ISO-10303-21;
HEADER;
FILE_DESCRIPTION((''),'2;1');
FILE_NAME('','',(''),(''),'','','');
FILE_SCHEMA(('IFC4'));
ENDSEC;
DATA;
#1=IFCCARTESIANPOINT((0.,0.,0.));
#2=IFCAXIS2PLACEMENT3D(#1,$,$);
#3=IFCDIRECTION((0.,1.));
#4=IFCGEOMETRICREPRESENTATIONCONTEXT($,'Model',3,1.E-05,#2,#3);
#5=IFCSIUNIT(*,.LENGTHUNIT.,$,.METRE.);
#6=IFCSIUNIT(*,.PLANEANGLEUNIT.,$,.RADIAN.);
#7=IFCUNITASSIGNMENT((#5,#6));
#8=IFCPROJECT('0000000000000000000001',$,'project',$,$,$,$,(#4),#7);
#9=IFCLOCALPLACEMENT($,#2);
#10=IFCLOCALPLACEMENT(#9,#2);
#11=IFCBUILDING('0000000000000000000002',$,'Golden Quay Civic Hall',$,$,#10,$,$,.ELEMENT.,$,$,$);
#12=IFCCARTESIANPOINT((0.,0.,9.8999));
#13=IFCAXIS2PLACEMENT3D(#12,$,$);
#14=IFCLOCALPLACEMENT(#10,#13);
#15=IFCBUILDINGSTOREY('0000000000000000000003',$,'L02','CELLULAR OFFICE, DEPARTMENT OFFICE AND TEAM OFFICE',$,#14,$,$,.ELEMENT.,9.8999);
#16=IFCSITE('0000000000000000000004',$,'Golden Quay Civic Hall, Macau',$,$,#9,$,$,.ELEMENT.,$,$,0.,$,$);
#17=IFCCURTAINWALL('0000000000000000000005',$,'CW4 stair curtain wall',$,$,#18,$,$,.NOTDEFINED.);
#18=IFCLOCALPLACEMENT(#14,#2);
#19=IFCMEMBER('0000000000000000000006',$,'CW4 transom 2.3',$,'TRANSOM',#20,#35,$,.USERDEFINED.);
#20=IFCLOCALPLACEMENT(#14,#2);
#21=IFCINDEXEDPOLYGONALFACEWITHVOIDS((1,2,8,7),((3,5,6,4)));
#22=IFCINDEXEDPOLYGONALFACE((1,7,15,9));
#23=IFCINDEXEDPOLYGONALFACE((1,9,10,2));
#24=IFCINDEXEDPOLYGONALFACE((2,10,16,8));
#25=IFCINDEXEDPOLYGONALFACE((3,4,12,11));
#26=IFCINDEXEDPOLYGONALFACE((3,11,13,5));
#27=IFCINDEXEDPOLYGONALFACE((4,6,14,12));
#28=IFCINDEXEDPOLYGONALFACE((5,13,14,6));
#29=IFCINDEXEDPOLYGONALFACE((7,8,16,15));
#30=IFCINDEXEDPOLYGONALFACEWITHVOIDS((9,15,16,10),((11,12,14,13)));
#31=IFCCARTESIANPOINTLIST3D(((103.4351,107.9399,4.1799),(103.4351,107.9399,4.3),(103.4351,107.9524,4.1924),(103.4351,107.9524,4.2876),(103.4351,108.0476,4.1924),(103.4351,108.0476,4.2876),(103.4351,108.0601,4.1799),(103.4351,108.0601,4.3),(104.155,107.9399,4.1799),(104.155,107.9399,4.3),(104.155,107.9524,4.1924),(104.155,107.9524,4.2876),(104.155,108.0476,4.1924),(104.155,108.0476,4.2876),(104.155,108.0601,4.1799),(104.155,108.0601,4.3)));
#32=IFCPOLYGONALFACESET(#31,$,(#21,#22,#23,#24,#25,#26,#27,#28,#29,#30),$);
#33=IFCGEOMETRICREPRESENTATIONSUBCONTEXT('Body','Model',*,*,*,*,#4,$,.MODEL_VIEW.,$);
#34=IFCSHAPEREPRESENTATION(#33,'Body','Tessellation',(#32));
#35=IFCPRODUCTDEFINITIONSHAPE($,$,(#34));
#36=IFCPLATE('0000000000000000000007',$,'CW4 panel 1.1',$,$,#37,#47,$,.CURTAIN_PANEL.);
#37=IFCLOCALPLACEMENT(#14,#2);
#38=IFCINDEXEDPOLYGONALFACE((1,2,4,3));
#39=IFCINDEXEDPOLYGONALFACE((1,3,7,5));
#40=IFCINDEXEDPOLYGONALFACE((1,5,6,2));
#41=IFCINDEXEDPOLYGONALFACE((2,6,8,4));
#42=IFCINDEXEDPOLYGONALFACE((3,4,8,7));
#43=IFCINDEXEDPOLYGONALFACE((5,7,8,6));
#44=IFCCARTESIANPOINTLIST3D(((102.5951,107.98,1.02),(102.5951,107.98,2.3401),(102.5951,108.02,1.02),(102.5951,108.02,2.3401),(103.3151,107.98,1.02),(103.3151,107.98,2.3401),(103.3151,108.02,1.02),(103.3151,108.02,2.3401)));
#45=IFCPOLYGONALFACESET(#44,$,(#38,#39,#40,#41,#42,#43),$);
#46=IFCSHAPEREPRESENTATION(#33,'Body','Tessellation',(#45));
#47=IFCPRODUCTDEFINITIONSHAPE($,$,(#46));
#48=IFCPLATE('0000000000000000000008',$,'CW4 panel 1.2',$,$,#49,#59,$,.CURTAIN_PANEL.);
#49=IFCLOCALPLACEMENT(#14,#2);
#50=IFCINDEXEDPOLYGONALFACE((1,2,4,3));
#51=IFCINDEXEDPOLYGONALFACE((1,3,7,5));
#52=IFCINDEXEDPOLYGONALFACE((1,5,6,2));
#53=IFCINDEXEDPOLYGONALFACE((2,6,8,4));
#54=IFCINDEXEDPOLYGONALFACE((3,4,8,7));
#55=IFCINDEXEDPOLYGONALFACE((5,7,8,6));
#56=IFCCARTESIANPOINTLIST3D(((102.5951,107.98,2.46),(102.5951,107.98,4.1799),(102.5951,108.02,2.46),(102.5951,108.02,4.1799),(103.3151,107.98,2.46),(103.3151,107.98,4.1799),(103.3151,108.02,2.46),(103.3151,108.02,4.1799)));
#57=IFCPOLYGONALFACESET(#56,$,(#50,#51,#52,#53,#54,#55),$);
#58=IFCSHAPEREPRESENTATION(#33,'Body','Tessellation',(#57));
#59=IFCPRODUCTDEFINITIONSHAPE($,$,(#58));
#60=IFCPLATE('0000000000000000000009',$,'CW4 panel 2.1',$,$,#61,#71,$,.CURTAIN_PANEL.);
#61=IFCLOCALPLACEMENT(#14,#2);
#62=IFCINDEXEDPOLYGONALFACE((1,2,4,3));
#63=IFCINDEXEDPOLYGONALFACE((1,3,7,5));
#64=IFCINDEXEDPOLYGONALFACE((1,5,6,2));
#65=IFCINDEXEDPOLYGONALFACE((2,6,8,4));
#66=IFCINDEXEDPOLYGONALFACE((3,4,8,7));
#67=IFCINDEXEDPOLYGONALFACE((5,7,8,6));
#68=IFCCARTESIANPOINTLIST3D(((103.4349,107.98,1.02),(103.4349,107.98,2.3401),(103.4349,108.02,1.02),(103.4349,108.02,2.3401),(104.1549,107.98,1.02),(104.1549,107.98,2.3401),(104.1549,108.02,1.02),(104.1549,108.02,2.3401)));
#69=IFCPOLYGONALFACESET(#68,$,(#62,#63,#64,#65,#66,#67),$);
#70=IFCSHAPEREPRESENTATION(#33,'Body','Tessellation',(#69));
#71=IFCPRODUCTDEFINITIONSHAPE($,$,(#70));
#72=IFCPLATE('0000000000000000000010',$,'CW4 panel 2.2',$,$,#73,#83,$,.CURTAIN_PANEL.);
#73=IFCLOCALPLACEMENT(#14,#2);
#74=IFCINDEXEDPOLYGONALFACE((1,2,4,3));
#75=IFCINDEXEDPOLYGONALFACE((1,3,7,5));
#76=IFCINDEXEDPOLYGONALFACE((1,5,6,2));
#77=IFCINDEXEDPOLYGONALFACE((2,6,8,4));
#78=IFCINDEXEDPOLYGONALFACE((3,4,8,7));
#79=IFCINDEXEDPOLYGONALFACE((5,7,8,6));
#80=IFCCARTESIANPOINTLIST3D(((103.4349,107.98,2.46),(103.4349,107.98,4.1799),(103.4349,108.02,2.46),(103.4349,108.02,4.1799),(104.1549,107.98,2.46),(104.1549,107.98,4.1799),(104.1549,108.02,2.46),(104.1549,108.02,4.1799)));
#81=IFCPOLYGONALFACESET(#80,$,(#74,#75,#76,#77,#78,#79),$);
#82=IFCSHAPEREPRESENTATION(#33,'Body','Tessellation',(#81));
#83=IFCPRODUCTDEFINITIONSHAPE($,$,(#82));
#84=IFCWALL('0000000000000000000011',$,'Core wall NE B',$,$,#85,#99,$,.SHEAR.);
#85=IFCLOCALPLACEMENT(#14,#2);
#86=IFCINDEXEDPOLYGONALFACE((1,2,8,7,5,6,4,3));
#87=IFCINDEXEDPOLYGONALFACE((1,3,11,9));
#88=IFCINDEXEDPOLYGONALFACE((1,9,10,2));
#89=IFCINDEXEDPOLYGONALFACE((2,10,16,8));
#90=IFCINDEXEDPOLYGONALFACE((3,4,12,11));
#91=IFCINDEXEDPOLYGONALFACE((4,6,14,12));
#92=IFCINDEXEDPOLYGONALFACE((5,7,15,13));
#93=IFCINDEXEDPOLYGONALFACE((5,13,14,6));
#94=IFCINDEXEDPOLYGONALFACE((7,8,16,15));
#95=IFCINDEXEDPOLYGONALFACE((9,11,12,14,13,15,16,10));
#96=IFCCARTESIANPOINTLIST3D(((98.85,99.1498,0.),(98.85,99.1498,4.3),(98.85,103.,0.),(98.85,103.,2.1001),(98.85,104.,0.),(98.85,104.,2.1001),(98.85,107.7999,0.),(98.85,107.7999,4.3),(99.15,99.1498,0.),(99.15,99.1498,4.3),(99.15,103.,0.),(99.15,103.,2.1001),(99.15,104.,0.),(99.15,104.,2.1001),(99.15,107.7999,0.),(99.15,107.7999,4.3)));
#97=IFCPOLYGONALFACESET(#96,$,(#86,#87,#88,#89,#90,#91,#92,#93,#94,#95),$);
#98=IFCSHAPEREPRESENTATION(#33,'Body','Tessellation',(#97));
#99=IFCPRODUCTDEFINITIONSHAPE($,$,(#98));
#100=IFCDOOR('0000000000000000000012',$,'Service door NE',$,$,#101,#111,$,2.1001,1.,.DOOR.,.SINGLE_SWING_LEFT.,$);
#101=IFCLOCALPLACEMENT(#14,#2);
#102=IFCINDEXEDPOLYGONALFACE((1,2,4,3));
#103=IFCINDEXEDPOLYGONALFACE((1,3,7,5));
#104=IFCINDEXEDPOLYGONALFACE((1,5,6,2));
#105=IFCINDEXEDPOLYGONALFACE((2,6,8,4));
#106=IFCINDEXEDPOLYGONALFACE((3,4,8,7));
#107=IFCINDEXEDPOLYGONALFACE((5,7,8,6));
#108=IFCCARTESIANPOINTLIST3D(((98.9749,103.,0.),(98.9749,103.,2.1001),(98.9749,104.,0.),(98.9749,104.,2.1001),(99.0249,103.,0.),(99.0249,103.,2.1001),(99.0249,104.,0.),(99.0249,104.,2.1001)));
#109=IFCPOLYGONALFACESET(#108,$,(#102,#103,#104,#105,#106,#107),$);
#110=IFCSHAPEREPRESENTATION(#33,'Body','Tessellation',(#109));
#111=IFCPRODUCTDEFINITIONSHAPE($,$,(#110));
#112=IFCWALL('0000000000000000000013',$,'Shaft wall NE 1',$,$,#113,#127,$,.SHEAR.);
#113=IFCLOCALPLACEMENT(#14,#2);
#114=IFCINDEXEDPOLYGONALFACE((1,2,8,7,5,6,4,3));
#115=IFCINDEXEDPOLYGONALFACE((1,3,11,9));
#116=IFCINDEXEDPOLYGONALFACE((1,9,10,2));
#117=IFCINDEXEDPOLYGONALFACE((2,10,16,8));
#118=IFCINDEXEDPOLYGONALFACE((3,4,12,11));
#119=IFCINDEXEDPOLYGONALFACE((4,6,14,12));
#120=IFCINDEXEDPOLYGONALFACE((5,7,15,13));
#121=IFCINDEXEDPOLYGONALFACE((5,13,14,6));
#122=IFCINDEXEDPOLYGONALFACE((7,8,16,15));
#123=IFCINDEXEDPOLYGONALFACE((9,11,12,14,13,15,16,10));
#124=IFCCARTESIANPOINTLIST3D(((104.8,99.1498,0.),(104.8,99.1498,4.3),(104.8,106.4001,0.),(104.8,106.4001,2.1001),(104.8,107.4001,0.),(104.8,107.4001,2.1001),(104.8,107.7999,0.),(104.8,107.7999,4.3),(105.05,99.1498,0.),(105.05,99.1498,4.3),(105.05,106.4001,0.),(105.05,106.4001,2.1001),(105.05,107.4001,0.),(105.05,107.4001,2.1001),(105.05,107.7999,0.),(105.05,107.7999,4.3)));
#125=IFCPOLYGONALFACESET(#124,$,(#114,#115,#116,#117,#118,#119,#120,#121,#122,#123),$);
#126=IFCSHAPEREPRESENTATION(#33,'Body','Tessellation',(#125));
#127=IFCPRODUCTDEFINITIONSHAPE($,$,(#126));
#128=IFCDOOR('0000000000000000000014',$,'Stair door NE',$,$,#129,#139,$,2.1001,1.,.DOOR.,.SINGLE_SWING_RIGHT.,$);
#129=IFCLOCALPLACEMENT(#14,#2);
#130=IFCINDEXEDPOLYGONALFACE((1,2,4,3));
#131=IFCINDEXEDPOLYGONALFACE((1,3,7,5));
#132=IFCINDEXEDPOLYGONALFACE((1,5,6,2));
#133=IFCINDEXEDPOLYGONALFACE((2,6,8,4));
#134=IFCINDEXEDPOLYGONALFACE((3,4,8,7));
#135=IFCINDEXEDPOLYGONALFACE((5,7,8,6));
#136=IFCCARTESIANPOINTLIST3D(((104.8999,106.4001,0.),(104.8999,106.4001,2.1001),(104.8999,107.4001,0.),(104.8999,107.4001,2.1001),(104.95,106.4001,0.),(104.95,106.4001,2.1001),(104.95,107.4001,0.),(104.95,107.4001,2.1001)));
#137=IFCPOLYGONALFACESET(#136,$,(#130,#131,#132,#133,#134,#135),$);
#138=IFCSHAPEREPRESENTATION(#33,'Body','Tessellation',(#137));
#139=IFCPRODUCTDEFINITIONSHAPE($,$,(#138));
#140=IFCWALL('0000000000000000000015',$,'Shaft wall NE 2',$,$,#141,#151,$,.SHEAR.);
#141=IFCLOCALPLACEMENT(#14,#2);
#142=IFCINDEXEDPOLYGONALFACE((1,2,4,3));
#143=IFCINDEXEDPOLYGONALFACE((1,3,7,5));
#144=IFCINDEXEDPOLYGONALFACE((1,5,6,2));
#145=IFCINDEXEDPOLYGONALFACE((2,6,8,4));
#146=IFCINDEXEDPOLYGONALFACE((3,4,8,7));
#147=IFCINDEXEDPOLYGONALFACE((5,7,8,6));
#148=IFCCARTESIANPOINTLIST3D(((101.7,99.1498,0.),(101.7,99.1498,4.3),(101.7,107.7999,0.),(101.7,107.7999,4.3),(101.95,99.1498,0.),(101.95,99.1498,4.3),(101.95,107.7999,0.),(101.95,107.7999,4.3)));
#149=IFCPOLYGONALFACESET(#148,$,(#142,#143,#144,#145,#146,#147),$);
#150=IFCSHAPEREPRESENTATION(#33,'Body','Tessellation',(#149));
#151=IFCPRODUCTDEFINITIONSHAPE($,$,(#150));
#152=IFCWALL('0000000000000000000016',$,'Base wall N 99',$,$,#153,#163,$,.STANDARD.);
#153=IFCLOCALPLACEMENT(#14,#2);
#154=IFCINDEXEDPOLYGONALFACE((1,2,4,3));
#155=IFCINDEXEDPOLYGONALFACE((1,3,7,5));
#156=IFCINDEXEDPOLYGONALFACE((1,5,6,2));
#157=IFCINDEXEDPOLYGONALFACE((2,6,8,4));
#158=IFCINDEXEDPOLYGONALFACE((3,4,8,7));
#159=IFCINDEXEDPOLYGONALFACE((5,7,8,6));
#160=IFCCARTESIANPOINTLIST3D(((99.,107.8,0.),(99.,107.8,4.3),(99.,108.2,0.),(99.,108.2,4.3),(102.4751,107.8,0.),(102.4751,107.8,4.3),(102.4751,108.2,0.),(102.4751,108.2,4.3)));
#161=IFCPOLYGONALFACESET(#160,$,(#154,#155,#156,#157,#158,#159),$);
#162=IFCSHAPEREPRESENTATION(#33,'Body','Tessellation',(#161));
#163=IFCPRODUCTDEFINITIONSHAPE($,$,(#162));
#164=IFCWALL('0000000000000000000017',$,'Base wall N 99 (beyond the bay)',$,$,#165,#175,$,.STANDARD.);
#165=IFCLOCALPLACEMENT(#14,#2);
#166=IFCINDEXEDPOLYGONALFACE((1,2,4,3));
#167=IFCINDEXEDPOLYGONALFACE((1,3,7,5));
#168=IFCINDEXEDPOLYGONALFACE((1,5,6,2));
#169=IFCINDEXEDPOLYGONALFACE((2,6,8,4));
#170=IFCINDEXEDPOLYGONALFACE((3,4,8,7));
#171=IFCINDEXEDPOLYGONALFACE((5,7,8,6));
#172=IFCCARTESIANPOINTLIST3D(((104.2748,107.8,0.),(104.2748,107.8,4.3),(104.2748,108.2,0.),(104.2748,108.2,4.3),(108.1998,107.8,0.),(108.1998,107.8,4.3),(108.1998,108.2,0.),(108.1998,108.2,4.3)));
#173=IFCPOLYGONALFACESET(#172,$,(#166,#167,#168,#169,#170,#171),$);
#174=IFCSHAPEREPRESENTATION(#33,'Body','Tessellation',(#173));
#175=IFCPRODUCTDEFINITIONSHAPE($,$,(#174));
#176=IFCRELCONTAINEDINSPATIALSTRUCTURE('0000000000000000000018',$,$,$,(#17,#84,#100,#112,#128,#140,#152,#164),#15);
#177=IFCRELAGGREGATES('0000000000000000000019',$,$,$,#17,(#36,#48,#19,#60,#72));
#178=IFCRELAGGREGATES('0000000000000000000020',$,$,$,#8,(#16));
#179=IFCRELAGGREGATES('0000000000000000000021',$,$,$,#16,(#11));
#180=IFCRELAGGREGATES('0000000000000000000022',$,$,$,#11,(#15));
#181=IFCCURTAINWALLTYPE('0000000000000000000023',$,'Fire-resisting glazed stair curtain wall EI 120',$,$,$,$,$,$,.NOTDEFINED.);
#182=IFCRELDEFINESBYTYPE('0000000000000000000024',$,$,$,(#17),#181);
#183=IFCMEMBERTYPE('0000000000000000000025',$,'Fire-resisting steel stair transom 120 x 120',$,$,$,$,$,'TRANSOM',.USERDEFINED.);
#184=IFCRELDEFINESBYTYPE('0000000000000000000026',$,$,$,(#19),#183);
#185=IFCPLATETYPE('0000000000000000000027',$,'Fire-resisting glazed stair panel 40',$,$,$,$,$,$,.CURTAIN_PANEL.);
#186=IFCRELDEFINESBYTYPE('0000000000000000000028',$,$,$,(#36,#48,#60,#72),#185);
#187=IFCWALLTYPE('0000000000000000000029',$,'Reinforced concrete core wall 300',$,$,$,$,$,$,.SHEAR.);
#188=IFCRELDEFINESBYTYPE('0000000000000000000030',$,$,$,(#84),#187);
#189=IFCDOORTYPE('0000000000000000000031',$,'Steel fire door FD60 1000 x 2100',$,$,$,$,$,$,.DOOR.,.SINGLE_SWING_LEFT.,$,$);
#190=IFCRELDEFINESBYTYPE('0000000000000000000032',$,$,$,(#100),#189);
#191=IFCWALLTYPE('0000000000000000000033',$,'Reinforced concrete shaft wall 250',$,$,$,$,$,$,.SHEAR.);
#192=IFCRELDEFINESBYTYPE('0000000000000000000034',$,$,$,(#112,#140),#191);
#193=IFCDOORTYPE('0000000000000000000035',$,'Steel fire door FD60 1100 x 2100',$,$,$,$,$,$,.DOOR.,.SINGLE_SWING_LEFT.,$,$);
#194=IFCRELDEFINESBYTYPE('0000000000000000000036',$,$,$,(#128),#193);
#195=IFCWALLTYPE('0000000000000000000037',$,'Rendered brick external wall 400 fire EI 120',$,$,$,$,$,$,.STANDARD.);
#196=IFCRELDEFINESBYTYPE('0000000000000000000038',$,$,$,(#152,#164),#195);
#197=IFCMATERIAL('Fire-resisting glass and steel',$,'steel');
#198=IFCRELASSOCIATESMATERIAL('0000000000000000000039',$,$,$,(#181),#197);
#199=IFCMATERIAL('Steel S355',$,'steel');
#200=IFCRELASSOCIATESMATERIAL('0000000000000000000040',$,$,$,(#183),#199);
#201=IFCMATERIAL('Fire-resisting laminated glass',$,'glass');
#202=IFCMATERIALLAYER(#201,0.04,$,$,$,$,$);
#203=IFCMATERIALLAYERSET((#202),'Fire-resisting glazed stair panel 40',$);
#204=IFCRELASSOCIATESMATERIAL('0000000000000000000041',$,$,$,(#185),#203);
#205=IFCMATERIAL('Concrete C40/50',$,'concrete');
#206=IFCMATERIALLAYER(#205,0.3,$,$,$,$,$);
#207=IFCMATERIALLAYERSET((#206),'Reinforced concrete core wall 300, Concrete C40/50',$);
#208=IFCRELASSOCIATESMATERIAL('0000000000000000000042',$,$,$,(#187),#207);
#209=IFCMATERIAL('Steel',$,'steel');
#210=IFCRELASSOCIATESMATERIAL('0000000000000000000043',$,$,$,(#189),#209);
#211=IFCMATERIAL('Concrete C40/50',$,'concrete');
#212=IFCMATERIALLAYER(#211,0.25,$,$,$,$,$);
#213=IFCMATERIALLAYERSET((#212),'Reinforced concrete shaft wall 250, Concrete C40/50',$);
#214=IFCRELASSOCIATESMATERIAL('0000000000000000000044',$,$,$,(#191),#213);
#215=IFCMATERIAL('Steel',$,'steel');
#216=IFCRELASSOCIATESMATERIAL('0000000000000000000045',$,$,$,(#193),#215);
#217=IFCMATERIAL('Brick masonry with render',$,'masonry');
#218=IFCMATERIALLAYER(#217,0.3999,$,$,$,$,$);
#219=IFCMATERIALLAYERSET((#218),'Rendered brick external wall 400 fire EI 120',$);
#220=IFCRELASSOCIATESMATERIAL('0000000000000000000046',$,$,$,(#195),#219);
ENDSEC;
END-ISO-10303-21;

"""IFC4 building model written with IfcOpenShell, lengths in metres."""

from ifc_helpers import new_model, si_unit, direction, frame, frame_2d, origin, origin_2d, place, context, subcontext, project, spatial, rectangle, hollow_rectangle, extrude, material, layer, layer_set, material_profile, profile_set, type_object, element, fill, aggregate, save


model = new_model("IFC4")

# Units and contexts
model_context = context("Model", 3, precision=1e-05, world=origin(), true_north=direction((0.0, 1.0)))
body_context = subcontext(model_context, "Body", "Model", "MODEL_VIEW")
ifc_project = project(units=[si_unit("LENGTHUNIT", "METRE"), si_unit("PLANEANGLEUNIT", "RADIAN")], contexts=[model_context])

# Site, building, storey
site_placement = place(None, origin())
site = spatial("IfcSite", under=ifc_project, at=site_placement, Name="Golden Quay Civic Hall, Macau", CompositionType="ELEMENT", RefElevation=0.0)
building_placement = place(site_placement, origin())
building = spatial("IfcBuilding", under=site, at=building_placement, Name="Golden Quay Civic Hall", CompositionType="ELEMENT")
storey_placement = place(building_placement, frame((0.0, 0.0, 9.8999)))
storey = spatial("IfcBuildingStorey", under=building, at=storey_placement, Name="L02", Description="CELLULAR OFFICE, DEPARTMENT OFFICE AND TEAM OFFICE", CompositionType="ELEMENT", Elevation=9.8999)

# Curtain wall, member, plates
ifc_material_1 = material(Name="Fire-resisting glass and steel", Category="steel")
curtain_wall_type = type_object("IfcCurtainWallType", Name="Fire-resisting glazed stair curtain wall EI 120", PredefinedType="NOTDEFINED", material=ifc_material_1)
curtain_wall_placement = place(storey_placement, origin())
curtain_wall = element("IfcCurtainWall", 1, at=curtain_wall_placement, inside=storey, type_object=curtain_wall_type, Name="CW4 stair curtain wall", PredefinedType="NOTDEFINED")
ifc_material_2 = material(Name="Steel S355", Category="steel")
ifc_material_profile_1 = material_profile(ifc_material_2, hollow_rectangle(XDim=0.1201, YDim=0.1201, WallThickness=0.0125, at=origin_2d()), Name="SHS 120x120x12.5")
ifc_profile_set_1 = profile_set([ifc_material_profile_1], Name="Steel S355")
member_type_1 = type_object("IfcMemberType", Name="Fire-resisting steel stair transom 120 x 120", ElementType="TRANSOM", PredefinedType="USERDEFINED", material=ifc_profile_set_1)
member_1_placement = place(storey_placement, frame((103.4351, 108.0, 4.24), z_axis=(1.0, 0.0, 0.0), x_axis=(0.0, 1.0, 0.0)))
member_1 = element("IfcMember", 2, at=member_1_placement, type_object=member_type_1, Name="CW4 transom 2.3", ObjectType="TRANSOM", PredefinedType="USERDEFINED", context=body_context, shape_type="SweptSolid", body=[
    extrude(hollow_rectangle(XDim=0.1201, YDim=0.1201, WallThickness=0.0125, at=origin_2d()), origin(), (0.0, 0.0, 1.0), 0.72),
])
ifc_material_3 = material(Name="Fire-resisting laminated glass", Category="glass")
ifc_layer_1 = layer(ifc_material_3, 0.04)
ifc_layer_set_1 = layer_set([ifc_layer_1], Name="Fire-resisting glazed stair panel 40")
plate_type = type_object("IfcPlateType", Name="Fire-resisting glazed stair panel 40", PredefinedType="CURTAIN_PANEL", material=ifc_layer_set_1)
plate_1_placement = place(storey_placement, frame((102.9551, 108.0, 1.02), z_axis=(0.0, 0.0, 1.0), x_axis=(1.0, 0.0, 0.0)))
plate_1 = element("IfcPlate", 3, at=plate_1_placement, type_object=plate_type, Name="CW4 panel 1.1", PredefinedType="CURTAIN_PANEL", context=body_context, shape_type="SweptSolid", body=[
    extrude(rectangle(XDim=0.72, YDim=0.04, at=origin_2d()), origin(), (0.0, 0.0, 1.0), 1.3201),
])
plate_2_placement = place(storey_placement, frame((102.9551, 108.0, 2.46), z_axis=(0.0, 0.0, 1.0), x_axis=(1.0, 0.0, 0.0)))
plate_2 = element("IfcPlate", 4, at=plate_2_placement, type_object=plate_type, Name="CW4 panel 1.2", PredefinedType="CURTAIN_PANEL", context=body_context, shape_type="SweptSolid", body=[
    extrude(rectangle(XDim=0.72, YDim=0.04, at=origin_2d()), origin(), (0.0, 0.0, 1.0), 1.72),
])
plate_3_placement = place(storey_placement, frame((103.7949, 108.0, 1.02), z_axis=(0.0, 0.0, 1.0), x_axis=(1.0, 0.0, 0.0)))
plate_3 = element("IfcPlate", 5, at=plate_3_placement, type_object=plate_type, Name="CW4 panel 2.1", PredefinedType="CURTAIN_PANEL", context=body_context, shape_type="SweptSolid", body=[
    extrude(rectangle(XDim=0.72, YDim=0.04, at=origin_2d()), origin(), (0.0, 0.0, 1.0), 1.3201),
])
plate_4_placement = place(storey_placement, frame((103.7949, 108.0, 2.46), z_axis=(0.0, 0.0, 1.0), x_axis=(1.0, 0.0, 0.0)))
plate_4 = element("IfcPlate", 6, at=plate_4_placement, type_object=plate_type, Name="CW4 panel 2.2", PredefinedType="CURTAIN_PANEL", context=body_context, shape_type="SweptSolid", body=[
    extrude(rectangle(XDim=0.72, YDim=0.04, at=origin_2d()), origin(), (0.0, 0.0, 1.0), 1.72),
])
aggregate(curtain_wall, [plate_1, plate_2, member_1, plate_3, plate_4])

# Walls, openings, doors
ifc_material_4 = material(Name="Concrete C40/50", Category="concrete")
ifc_layer_2 = layer(ifc_material_4, 0.3)
ifc_layer_set_2 = layer_set([ifc_layer_2], Name="Reinforced concrete core wall 300, Concrete C40/50")
wall_type_1 = type_object("IfcWallType", Name="Reinforced concrete core wall 300", PredefinedType="SHEAR", material=ifc_layer_set_2)
wall_1_placement = place(storey_placement, frame((99.0, 107.8, 0.0), z_axis=(0.0, 0.0, 1.0), x_axis=(0.0, -1.0, 0.0)))
wall_1 = element("IfcWall", 7, at=wall_1_placement, inside=storey, type_object=wall_type_1, Name="Core wall NE B", PredefinedType="SHEAR", context=body_context, shape_type="SweptSolid", body=[
    extrude(rectangle(XDim=8.6501, YDim=0.3, at=frame_2d((4.3252, 0.0))), origin(), (0.0, 0.0, 1.0), 4.3),
])
opening_1_placement = place(wall_1_placement, frame((3.8, 0.0, 0.0)))
opening_1 = element("IfcOpeningElement", 8, at=opening_1_placement, cuts=wall_1, PredefinedType="OPENING", context=body_context, shape_type="SweptSolid", body=[
    extrude(rectangle(XDim=1.0, YDim=2.1001, at=frame_2d((0.5, 1.05))), frame((0.0, 0.1599, 0.0), z_axis=(0.0, -1.0, 0.0), x_axis=(1.0, 0.0, 0.0)), (0.0, 0.0, 1.0), 0.3201),
])
ifc_material_5 = material(Name="Steel", Category="steel")
door_type_1 = type_object("IfcDoorType", Name="Steel fire door FD60 1000 x 2100", OperationType="SINGLE_SWING_LEFT", PredefinedType="DOOR", material=ifc_material_5)
door_1_placement = place(opening_1_placement, origin())
door_1 = element("IfcDoor", 9, at=door_1_placement, inside=storey, type_object=door_type_1, Name="Service door NE", OperationType="SINGLE_SWING_LEFT", OverallHeight=2.1001, OverallWidth=1.0, PredefinedType="DOOR", context=body_context, shape_type="SweptSolid", body=[
    extrude(rectangle(XDim=1.0, YDim=2.1001, at=frame_2d((0.5, 1.05))), frame((0.0, 0.0249, 0.0), z_axis=(0.0, -1.0, 0.0), x_axis=(1.0, 0.0, 0.0)), (0.0, 0.0, 1.0), 0.05),
])
fill(opening_1, door_1)
ifc_material_6 = material(Name="Concrete C40/50", Category="concrete")
ifc_layer_3 = layer(ifc_material_6, 0.25)
ifc_layer_set_3 = layer_set([ifc_layer_3], Name="Reinforced concrete shaft wall 250, Concrete C40/50")
wall_type_2 = type_object("IfcWallType", Name="Reinforced concrete shaft wall 250", PredefinedType="SHEAR", material=ifc_layer_set_3)
wall_2_placement = place(storey_placement, frame((104.925, 107.8, 0.0), z_axis=(0.0, 0.0, 1.0), x_axis=(0.0, -1.0, 0.0)))
wall_2 = element("IfcWall", 10, at=wall_2_placement, inside=storey, type_object=wall_type_2, Name="Shaft wall NE 1", PredefinedType="SHEAR", context=body_context, shape_type="SweptSolid", body=[
    extrude(rectangle(XDim=8.6501, YDim=0.25, at=frame_2d((4.3252, 0.0))), origin(), (0.0, 0.0, 1.0), 4.3),
])
opening_2_placement = place(wall_2_placement, frame((0.3999, 0.0, 0.0)))
opening_2 = element("IfcOpeningElement", 11, at=opening_2_placement, cuts=wall_2, PredefinedType="OPENING", context=body_context, shape_type="SweptSolid", body=[
    extrude(rectangle(XDim=1.0, YDim=2.1001, at=frame_2d((0.5, 1.05))), frame((0.0, 0.135, 0.0), z_axis=(0.0, -1.0, 0.0), x_axis=(1.0, 0.0, 0.0)), (0.0, 0.0, 1.0), 0.27),
])
ifc_material_7 = material(Name="Steel", Category="steel")
door_type_2 = type_object("IfcDoorType", Name="Steel fire door FD60 1100 x 2100", OperationType="SINGLE_SWING_LEFT", PredefinedType="DOOR", material=ifc_material_7)
door_2_placement = place(opening_2_placement, frame((1.0, 0.0, 0.0), z_axis=(0.0, 0.0, 1.0), x_axis=(-1.0, 0.0, 0.0)))
door_2 = element("IfcDoor", 12, at=door_2_placement, inside=storey, type_object=door_type_2, Name="Stair door NE", OperationType="SINGLE_SWING_RIGHT", OverallHeight=2.1001, OverallWidth=1.0, PredefinedType="DOOR", context=body_context, shape_type="SweptSolid", body=[
    extrude(rectangle(XDim=1.0, YDim=2.1001, at=frame_2d((0.5, 1.05))), frame((0.0, 0.0251, 0.0), z_axis=(0.0, -1.0, 0.0), x_axis=(1.0, 0.0, 0.0)), (0.0, 0.0, 1.0), 0.05),
])
fill(opening_2, door_2)

# Walls
wall_3_placement = place(storey_placement, frame((101.825, 107.8, 0.0), z_axis=(0.0, 0.0, 1.0), x_axis=(0.0, -1.0, 0.0)))
element("IfcWall", 13, at=wall_3_placement, inside=storey, type_object=wall_type_2, Name="Shaft wall NE 2", PredefinedType="SHEAR", context=body_context, shape_type="SweptSolid", body=[
    extrude(rectangle(XDim=8.6501, YDim=0.25, at=frame_2d((4.3252, 0.0))), origin(), (0.0, 0.0, 1.0), 4.3),
])
ifc_material_8 = material(Name="Brick masonry with render", Category="masonry")
ifc_layer_4 = layer(ifc_material_8, 0.3999)
ifc_layer_set_4 = layer_set([ifc_layer_4], Name="Rendered brick external wall 400 fire EI 120")
wall_type_3 = type_object("IfcWallType", Name="Rendered brick external wall 400 fire EI 120", PredefinedType="STANDARD", material=ifc_layer_set_4)
wall_4_placement = place(storey_placement, frame((99.0, 108.0, 0.0), z_axis=(0.0, 0.0, 1.0), x_axis=(1.0, 0.0, 0.0)))
element("IfcWall", 14, at=wall_4_placement, inside=storey, type_object=wall_type_3, Name="Base wall N 99", PredefinedType="STANDARD", context=body_context, shape_type="SweptSolid", body=[
    extrude(rectangle(XDim=3.4751, YDim=0.3999, at=frame_2d((1.7375, 0.0))), origin(), (0.0, 0.0, 1.0), 4.3),
])
wall_5_placement = place(storey_placement, frame((104.2749, 108.0, 0.0), z_axis=(0.0, 0.0, 1.0), x_axis=(1.0, 0.0, 0.0)))
element("IfcWall", 15, at=wall_5_placement, inside=storey, type_object=wall_type_3, Name="Base wall N 99 (beyond the bay)", PredefinedType="STANDARD", context=body_context, shape_type="SweptSolid", body=[
    extrude(rectangle(XDim=3.925, YDim=0.3999, at=frame_2d((1.9624, 0.0))), origin(), (0.0, 0.0, 1.0), 4.3),
])

save(model, "model.ifc")
